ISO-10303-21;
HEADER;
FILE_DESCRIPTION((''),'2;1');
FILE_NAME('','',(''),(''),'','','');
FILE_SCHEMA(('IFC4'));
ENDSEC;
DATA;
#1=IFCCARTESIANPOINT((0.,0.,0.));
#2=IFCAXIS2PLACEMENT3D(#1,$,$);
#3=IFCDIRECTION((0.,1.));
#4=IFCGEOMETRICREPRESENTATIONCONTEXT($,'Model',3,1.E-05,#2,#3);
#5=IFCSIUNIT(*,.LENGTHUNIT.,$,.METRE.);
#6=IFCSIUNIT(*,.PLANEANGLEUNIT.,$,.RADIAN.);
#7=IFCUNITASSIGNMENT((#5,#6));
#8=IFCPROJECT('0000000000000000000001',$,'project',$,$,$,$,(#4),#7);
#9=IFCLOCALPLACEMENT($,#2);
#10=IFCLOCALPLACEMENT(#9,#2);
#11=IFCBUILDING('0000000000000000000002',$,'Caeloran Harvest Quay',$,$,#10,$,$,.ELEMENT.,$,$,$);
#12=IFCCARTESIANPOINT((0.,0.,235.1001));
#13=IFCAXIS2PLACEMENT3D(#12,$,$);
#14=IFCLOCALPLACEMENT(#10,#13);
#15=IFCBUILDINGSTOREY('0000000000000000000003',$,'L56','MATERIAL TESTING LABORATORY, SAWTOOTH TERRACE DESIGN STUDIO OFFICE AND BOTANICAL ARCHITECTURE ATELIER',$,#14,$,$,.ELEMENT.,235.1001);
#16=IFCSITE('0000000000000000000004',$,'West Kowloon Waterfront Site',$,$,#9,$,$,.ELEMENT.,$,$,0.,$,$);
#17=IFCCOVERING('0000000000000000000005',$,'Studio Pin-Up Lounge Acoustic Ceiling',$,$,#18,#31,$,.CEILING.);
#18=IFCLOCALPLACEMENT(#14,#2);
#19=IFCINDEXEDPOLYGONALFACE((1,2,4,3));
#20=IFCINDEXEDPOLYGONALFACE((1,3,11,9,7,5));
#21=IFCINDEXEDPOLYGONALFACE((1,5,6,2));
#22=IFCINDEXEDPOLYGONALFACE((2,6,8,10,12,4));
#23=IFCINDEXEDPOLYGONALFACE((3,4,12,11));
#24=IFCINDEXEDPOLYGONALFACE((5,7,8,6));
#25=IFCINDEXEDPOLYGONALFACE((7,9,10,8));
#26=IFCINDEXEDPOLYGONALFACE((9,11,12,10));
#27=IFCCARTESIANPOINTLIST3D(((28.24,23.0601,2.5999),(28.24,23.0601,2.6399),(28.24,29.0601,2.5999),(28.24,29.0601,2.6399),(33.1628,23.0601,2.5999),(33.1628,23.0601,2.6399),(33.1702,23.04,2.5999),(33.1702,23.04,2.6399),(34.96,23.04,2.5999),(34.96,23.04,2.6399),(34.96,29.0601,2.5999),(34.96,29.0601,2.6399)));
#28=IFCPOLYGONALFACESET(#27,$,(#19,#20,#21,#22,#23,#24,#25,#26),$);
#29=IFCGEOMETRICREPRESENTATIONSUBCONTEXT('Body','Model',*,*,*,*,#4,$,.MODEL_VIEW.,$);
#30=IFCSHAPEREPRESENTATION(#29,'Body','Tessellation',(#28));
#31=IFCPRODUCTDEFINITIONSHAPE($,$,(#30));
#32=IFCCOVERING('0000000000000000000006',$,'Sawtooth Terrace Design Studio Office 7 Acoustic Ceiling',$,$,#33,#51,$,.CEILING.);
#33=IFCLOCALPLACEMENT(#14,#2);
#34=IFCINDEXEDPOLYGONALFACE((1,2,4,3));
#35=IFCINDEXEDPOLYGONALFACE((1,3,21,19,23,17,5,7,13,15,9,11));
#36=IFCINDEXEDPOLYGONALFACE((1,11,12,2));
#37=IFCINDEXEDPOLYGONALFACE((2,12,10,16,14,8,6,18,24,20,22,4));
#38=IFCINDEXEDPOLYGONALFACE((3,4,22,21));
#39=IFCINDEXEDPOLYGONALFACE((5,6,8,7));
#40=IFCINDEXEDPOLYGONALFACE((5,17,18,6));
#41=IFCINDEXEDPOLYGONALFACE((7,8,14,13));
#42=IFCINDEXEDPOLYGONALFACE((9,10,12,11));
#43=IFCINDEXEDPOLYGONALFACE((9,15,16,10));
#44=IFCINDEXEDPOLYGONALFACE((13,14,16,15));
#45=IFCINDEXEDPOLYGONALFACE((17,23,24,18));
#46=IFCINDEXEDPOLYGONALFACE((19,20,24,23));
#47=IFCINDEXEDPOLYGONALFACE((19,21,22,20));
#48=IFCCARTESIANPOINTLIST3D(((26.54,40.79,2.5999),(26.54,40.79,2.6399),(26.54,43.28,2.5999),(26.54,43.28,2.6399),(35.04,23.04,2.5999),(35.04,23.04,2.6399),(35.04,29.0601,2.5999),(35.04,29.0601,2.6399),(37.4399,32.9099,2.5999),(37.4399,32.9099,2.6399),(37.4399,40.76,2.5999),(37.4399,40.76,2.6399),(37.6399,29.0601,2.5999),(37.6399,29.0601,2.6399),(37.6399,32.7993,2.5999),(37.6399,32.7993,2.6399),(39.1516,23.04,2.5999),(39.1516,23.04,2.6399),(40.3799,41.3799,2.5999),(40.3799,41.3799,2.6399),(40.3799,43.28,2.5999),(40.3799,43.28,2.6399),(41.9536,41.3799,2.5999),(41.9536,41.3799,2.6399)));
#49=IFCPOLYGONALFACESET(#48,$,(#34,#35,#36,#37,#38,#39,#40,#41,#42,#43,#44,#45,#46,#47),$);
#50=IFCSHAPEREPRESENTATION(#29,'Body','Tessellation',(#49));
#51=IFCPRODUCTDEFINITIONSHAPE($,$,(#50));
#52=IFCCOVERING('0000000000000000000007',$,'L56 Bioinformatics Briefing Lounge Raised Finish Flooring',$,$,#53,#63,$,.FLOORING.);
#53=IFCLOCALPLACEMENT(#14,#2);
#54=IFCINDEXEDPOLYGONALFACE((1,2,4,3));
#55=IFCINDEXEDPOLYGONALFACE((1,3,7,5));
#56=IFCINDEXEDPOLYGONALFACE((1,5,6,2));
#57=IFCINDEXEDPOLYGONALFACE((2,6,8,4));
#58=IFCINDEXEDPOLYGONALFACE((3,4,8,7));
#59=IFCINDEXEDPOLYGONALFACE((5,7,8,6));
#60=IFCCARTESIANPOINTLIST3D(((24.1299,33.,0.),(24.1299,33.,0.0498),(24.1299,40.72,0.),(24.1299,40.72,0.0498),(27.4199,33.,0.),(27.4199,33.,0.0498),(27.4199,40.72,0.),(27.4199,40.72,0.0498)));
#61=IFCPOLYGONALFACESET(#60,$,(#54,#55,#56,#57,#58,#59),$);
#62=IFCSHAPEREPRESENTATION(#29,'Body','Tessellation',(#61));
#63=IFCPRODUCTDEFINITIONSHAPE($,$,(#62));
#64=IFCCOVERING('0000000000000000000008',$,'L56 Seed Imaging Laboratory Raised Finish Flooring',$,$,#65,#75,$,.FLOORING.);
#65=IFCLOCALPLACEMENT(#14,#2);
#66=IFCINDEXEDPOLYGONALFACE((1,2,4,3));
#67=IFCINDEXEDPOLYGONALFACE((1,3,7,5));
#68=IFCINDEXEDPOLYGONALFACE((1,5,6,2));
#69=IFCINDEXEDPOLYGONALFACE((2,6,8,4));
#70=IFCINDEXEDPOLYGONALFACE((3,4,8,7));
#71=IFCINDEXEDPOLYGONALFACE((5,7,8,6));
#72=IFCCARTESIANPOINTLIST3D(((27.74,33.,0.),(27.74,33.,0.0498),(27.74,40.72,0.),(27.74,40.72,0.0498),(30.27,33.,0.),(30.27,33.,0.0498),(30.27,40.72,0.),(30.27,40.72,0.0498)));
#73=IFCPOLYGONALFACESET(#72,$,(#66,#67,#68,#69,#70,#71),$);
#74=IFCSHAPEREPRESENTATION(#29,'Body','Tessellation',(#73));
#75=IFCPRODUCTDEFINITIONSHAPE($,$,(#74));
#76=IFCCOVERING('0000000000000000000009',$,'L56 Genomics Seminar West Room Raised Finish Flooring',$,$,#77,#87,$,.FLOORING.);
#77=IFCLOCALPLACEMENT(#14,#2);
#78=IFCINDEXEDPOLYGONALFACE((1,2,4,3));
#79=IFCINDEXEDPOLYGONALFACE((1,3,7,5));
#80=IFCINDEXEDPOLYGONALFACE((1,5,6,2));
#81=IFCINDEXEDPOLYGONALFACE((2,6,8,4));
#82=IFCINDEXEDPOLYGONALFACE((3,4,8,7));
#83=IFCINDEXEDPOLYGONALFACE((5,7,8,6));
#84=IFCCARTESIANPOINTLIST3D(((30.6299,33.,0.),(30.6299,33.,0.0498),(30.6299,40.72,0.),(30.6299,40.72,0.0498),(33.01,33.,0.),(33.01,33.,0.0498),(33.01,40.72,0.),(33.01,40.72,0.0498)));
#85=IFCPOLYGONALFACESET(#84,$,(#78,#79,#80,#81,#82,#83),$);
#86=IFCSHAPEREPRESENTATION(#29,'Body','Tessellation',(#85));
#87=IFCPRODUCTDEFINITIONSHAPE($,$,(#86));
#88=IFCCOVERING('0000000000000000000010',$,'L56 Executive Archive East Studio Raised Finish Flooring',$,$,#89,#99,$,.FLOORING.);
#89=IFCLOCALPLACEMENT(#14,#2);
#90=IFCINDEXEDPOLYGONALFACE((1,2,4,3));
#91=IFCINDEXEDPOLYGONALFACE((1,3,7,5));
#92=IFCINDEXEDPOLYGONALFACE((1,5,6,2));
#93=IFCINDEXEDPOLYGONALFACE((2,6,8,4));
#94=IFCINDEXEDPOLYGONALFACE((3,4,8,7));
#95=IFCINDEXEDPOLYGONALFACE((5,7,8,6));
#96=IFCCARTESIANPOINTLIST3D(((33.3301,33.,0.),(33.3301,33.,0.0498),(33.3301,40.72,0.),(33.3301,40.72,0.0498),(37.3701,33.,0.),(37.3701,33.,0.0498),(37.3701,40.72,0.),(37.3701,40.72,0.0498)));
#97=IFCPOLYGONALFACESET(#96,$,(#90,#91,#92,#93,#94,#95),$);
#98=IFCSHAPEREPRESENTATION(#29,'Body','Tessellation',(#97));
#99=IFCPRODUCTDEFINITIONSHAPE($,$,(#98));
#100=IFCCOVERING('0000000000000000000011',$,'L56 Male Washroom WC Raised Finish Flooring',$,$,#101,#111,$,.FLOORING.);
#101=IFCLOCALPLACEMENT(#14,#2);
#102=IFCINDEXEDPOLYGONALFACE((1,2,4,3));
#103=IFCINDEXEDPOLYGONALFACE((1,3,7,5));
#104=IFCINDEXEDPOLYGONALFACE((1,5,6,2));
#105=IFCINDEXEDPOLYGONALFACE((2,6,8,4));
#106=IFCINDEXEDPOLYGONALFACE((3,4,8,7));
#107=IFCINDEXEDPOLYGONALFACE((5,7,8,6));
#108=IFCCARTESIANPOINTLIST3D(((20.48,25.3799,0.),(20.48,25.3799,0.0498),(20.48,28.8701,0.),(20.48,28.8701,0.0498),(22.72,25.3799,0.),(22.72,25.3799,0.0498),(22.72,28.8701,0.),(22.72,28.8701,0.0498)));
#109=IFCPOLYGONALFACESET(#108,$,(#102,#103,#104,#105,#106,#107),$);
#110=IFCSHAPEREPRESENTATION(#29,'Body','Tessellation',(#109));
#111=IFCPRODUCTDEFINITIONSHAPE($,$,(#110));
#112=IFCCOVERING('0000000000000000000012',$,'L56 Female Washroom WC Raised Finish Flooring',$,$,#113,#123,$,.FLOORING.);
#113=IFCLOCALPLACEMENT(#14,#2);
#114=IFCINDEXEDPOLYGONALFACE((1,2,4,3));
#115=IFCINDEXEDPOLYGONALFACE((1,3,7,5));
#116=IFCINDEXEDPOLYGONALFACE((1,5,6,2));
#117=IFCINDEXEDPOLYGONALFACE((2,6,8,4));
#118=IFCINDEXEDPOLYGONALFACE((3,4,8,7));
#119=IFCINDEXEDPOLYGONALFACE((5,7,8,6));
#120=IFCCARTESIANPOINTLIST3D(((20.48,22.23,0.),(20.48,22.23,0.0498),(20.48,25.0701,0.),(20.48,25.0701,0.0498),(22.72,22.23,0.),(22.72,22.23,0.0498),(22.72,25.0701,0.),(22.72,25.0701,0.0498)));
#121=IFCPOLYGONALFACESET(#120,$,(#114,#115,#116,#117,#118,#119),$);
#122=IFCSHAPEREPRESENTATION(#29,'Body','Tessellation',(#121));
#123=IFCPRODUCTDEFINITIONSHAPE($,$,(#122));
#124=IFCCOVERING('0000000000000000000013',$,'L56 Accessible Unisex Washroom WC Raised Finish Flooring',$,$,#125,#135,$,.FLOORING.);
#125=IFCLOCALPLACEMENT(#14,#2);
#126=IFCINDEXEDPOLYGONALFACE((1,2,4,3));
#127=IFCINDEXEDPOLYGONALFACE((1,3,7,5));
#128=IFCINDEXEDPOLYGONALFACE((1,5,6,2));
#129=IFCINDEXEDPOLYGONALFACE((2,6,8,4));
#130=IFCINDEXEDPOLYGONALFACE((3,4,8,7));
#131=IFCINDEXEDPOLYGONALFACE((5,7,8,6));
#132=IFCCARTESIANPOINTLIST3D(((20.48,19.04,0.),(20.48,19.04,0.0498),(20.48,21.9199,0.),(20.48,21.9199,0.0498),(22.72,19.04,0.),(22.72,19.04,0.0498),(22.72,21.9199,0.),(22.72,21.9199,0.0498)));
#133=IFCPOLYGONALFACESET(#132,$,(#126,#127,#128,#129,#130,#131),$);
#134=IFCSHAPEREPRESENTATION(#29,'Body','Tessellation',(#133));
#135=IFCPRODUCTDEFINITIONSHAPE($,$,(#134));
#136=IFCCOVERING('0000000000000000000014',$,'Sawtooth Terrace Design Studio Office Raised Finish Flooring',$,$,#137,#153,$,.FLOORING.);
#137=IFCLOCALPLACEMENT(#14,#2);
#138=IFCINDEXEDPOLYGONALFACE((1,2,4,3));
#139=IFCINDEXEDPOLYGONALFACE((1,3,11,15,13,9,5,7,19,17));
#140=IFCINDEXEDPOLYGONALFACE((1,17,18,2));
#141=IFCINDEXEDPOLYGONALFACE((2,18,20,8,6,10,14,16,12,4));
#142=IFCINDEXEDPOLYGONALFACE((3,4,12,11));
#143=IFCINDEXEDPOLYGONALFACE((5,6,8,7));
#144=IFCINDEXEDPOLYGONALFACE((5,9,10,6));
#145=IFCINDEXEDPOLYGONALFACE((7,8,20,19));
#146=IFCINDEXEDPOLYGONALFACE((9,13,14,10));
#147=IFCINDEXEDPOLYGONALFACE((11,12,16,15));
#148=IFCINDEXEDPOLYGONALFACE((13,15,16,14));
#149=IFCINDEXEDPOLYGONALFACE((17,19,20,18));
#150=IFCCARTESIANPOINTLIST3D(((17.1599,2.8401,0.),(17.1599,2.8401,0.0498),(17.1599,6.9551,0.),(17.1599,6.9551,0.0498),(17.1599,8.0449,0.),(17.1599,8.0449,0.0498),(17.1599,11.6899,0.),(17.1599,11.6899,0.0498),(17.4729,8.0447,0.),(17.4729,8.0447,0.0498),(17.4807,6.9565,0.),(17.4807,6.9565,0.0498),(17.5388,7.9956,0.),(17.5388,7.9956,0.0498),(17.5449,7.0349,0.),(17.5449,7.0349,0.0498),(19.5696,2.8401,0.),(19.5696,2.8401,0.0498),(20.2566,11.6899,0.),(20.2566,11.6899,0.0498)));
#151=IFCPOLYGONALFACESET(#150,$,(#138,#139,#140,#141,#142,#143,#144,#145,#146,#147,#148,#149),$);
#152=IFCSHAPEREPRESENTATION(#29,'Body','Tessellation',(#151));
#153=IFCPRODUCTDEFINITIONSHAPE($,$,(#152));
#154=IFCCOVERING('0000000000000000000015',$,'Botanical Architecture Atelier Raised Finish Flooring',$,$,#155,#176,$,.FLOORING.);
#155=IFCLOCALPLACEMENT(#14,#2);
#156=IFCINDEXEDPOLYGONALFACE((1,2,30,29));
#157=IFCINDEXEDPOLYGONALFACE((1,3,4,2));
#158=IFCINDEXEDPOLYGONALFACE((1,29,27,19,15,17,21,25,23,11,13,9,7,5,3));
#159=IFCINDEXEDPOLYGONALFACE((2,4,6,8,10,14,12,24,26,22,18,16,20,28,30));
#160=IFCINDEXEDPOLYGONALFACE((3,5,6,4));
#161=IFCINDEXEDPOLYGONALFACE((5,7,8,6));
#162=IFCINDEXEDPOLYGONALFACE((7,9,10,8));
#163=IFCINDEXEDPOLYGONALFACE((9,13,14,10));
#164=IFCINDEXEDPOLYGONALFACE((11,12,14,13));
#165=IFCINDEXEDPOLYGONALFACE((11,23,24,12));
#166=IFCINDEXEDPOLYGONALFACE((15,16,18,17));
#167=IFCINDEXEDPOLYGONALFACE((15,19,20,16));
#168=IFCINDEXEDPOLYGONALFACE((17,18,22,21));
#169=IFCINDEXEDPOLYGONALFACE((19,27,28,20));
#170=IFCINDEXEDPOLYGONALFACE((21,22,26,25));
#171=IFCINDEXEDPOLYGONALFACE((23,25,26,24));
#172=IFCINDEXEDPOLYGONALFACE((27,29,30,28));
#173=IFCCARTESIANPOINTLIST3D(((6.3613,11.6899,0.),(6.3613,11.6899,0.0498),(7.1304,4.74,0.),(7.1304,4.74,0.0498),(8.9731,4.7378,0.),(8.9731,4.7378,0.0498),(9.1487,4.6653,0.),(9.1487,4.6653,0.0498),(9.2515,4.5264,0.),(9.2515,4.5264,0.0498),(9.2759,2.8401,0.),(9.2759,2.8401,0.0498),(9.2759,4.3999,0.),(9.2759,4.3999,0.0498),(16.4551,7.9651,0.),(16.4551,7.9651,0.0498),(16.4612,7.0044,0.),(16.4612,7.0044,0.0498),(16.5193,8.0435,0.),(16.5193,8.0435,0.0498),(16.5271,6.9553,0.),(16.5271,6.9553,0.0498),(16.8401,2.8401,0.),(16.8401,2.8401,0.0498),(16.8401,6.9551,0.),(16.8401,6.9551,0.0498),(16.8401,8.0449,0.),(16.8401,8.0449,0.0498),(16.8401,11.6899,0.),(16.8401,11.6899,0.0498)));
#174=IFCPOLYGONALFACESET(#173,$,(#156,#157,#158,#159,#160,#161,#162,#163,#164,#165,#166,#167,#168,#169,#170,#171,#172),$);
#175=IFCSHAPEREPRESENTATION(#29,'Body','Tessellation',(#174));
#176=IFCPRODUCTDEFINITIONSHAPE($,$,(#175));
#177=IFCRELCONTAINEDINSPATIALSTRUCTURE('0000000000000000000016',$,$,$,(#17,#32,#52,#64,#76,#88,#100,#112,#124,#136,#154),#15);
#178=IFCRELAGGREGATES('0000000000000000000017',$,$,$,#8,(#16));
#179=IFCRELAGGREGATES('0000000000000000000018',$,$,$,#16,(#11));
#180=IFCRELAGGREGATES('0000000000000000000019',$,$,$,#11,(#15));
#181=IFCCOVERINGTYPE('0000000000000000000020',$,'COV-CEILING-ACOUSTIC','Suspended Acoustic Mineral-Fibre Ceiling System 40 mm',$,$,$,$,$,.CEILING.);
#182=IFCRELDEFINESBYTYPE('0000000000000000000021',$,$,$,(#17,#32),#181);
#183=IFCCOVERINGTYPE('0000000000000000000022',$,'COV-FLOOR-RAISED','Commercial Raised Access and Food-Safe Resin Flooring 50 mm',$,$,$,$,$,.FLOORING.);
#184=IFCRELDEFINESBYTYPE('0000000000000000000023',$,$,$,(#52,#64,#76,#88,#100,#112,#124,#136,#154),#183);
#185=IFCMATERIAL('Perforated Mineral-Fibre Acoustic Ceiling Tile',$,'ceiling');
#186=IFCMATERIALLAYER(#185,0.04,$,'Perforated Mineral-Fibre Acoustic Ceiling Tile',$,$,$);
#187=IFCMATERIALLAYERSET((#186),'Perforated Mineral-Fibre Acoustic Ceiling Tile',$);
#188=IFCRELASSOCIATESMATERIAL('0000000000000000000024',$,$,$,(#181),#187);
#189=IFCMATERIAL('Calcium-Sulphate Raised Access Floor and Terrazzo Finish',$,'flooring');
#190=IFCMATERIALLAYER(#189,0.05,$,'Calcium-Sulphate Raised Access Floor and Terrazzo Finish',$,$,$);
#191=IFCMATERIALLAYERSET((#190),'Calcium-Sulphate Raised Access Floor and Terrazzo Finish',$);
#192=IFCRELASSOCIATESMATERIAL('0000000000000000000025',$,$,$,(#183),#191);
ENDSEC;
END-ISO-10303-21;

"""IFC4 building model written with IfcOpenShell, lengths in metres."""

from ifc_helpers import new_model, si_unit, direction, frame, origin, place, context, subcontext, project, spatial, polyline, outline, extrude, material, layer, layer_set, type_object, element, save


model = new_model("IFC4")

# Units and contexts
model_context = context("Model", 3, precision=1e-05, world=origin(), true_north=direction((0.0, 1.0)))
body_context = subcontext(model_context, "Body", "Model", "MODEL_VIEW")
ifc_project = project(units=[si_unit("LENGTHUNIT", "METRE"), si_unit("PLANEANGLEUNIT", "RADIAN")], contexts=[model_context])

# Site, building, storey
site_placement = place(None, origin())
site = spatial("IfcSite", under=ifc_project, at=site_placement, Name="West Kowloon Waterfront Site", CompositionType="ELEMENT", RefElevation=0.0)
building_placement = place(site_placement, origin())
building = spatial("IfcBuilding", under=site, at=building_placement, Name="Caeloran Harvest Quay", CompositionType="ELEMENT")
storey_placement = place(building_placement, frame((0.0, 0.0, 235.1001)))
storey = spatial("IfcBuildingStorey", under=building, at=storey_placement, Name="L56", Description="MATERIAL TESTING LABORATORY, SAWTOOTH TERRACE DESIGN STUDIO OFFICE AND BOTANICAL ARCHITECTURE ATELIER", CompositionType="ELEMENT", Elevation=235.1001)

# Coverings
ifc_material_1 = material(Name="Perforated Mineral-Fibre Acoustic Ceiling Tile", Category="ceiling")
ifc_layer_1 = layer(ifc_material_1, 0.04, Name="Perforated Mineral-Fibre Acoustic Ceiling Tile")
ifc_layer_set_1 = layer_set([ifc_layer_1], Name="Perforated Mineral-Fibre Acoustic Ceiling Tile")
covering_type_1 = type_object("IfcCoveringType", Name="COV-CEILING-ACOUSTIC", Description="Suspended Acoustic Mineral-Fibre Ceiling System 40 mm", PredefinedType="CEILING", material=ifc_layer_set_1)
covering_1_placement = place(storey_placement, frame((0.0, 0.0, 2.5999)))
element("IfcCovering", 1, at=covering_1_placement, inside=storey, type_object=covering_type_1, Name="Studio Pin-Up Lounge Acoustic Ceiling", PredefinedType="CEILING", context=body_context, shape_type="SweptSolid", body=[
    extrude(outline(polyline([(33.1628, 23.0601), (28.24, 23.0601), (28.24, 29.0601), (34.96, 29.0601), (34.96, 23.04), (33.1702, 23.04), (33.1628, 23.0601)])), origin(), (0.0, 0.0, 1.0), 0.04),
])
covering_2_placement = place(storey_placement, frame((0.0, 0.0, 2.5999)))
element("IfcCovering", 2, at=covering_2_placement, inside=storey, type_object=covering_type_1, Name="Sawtooth Terrace Design Studio Office 7 Acoustic Ceiling", PredefinedType="CEILING", context=body_context, shape_type="SweptSolid", body=[
    extrude(outline(polyline([(26.54, 43.28), (40.3799, 43.28), (40.3799, 41.3799), (41.9536, 41.3799), (39.1516, 23.04), (35.04, 23.04), (35.04, 29.0601), (37.6399, 29.0601), (37.6399, 32.7993), (37.4399, 32.9099), (37.4399, 40.76), (26.54, 40.79), (26.54, 43.28)])), origin(), (0.0, 0.0, 1.0), 0.04),
])
ifc_material_2 = material(Name="Calcium-Sulphate Raised Access Floor and Terrazzo Finish", Category="flooring")
ifc_layer_2 = layer(ifc_material_2, 0.05, Name="Calcium-Sulphate Raised Access Floor and Terrazzo Finish")
ifc_layer_set_2 = layer_set([ifc_layer_2], Name="Calcium-Sulphate Raised Access Floor and Terrazzo Finish")
covering_type_2 = type_object("IfcCoveringType", Name="COV-FLOOR-RAISED", Description="Commercial Raised Access and Food-Safe Resin Flooring 50 mm", PredefinedType="FLOORING", material=ifc_layer_set_2)
covering_3_placement = place(storey_placement, origin())
element("IfcCovering", 3, at=covering_3_placement, inside=storey, type_object=covering_type_2, Name="L56 Bioinformatics Briefing Lounge Raised Finish Flooring", PredefinedType="FLOORING", context=body_context, shape_type="SweptSolid", body=[
    extrude(outline(polyline([(27.4199, 40.72), (27.4199, 33.0), (24.1299, 33.0), (24.1299, 40.72), (27.4199, 40.72)])), origin(), (0.0, 0.0, 1.0), 0.0498),
])
covering_4_placement = place(storey_placement, origin())
element("IfcCovering", 4, at=covering_4_placement, inside=storey, type_object=covering_type_2, Name="L56 Seed Imaging Laboratory Raised Finish Flooring", PredefinedType="FLOORING", context=body_context, shape_type="SweptSolid", body=[
    extrude(outline(polyline([(30.27, 40.72), (30.27, 33.0), (27.74, 33.0), (27.74, 40.72), (30.27, 40.72)])), origin(), (0.0, 0.0, 1.0), 0.0498),
])
covering_5_placement = place(storey_placement, origin())
element("IfcCovering", 5, at=covering_5_placement, inside=storey, type_object=covering_type_2, Name="L56 Genomics Seminar West Room Raised Finish Flooring", PredefinedType="FLOORING", context=body_context, shape_type="SweptSolid", body=[
    extrude(outline(polyline([(33.01, 40.72), (33.01, 33.0), (30.6299, 33.0), (30.6299, 40.72), (33.01, 40.72)])), origin(), (0.0, 0.0, 1.0), 0.0498),
])
covering_6_placement = place(storey_placement, origin())
element("IfcCovering", 6, at=covering_6_placement, inside=storey, type_object=covering_type_2, Name="L56 Executive Archive East Studio Raised Finish Flooring", PredefinedType="FLOORING", context=body_context, shape_type="SweptSolid", body=[
    extrude(outline(polyline([(37.3701, 40.72), (37.3701, 33.0), (33.3301, 33.0), (33.3301, 40.72), (37.3701, 40.72)])), origin(), (0.0, 0.0, 1.0), 0.0498),
])
covering_7_placement = place(storey_placement, origin())
element("IfcCovering", 7, at=covering_7_placement, inside=storey, type_object=covering_type_2, Name="L56 Male Washroom WC Raised Finish Flooring", PredefinedType="FLOORING", context=body_context, shape_type="SweptSolid", body=[
    extrude(outline(polyline([(22.72, 28.8701), (22.72, 25.3799), (20.48, 25.3799), (20.48, 28.8701), (22.72, 28.8701)])), origin(), (0.0, 0.0, 1.0), 0.0498),
])
covering_8_placement = place(storey_placement, origin())
element("IfcCovering", 8, at=covering_8_placement, inside=storey, type_object=covering_type_2, Name="L56 Female Washroom WC Raised Finish Flooring", PredefinedType="FLOORING", context=body_context, shape_type="SweptSolid", body=[
    extrude(outline(polyline([(22.72, 25.0701), (22.72, 22.23), (20.48, 22.23), (20.48, 25.0701), (22.72, 25.0701)])), origin(), (0.0, 0.0, 1.0), 0.0498),
])
covering_9_placement = place(storey_placement, origin())
element("IfcCovering", 9, at=covering_9_placement, inside=storey, type_object=covering_type_2, Name="L56 Accessible Unisex Washroom WC Raised Finish Flooring", PredefinedType="FLOORING", context=body_context, shape_type="SweptSolid", body=[
    extrude(outline(polyline([(22.72, 21.9199), (22.72, 19.04), (20.48, 19.04), (20.48, 21.9199), (22.72, 21.9199)])), origin(), (0.0, 0.0, 1.0), 0.0498),
])
covering_10_placement = place(storey_placement, origin())
element("IfcCovering", 10, at=covering_10_placement, inside=storey, type_object=covering_type_2, Name="Sawtooth Terrace Design Studio Office Raised Finish Flooring", PredefinedType="FLOORING", context=body_context, shape_type="SweptSolid", body=[
    extrude(outline(polyline([(17.1599, 2.8401), (17.1599, 6.9551), (17.4807, 6.9565), (17.5449, 7.0349), (17.5388, 7.9956), (17.4729, 8.0447), (17.1599, 8.0449), (17.1599, 11.6899), (20.2566, 11.6899), (19.5696, 2.8401), (17.1599, 2.8401)])), origin(), (0.0, 0.0, 1.0), 0.0498),
])
covering_11_placement = place(storey_placement, origin())
element("IfcCovering", 11, at=covering_11_placement, inside=storey, type_object=covering_type_2, Name="Botanical Architecture Atelier Raised Finish Flooring", PredefinedType="FLOORING", context=body_context, shape_type="SweptSolid", body=[
    extrude(outline(polyline([(9.2515, 4.5264), (9.1487, 4.6653), (8.9731, 4.7378), (7.1304, 4.74), (6.3613, 11.6899), (16.8401, 11.6899), (16.8401, 8.0449), (16.5193, 8.0435), (16.4551, 7.9651), (16.4612, 7.0044), (16.5271, 6.9553), (16.8401, 6.9551), (16.8401, 2.8401), (9.2759, 2.8401), (9.2759, 4.3999), (9.2515, 4.5264)])), origin(), (0.0, 0.0, 1.0), 0.0498),
])

save(model, "model.ifc")
